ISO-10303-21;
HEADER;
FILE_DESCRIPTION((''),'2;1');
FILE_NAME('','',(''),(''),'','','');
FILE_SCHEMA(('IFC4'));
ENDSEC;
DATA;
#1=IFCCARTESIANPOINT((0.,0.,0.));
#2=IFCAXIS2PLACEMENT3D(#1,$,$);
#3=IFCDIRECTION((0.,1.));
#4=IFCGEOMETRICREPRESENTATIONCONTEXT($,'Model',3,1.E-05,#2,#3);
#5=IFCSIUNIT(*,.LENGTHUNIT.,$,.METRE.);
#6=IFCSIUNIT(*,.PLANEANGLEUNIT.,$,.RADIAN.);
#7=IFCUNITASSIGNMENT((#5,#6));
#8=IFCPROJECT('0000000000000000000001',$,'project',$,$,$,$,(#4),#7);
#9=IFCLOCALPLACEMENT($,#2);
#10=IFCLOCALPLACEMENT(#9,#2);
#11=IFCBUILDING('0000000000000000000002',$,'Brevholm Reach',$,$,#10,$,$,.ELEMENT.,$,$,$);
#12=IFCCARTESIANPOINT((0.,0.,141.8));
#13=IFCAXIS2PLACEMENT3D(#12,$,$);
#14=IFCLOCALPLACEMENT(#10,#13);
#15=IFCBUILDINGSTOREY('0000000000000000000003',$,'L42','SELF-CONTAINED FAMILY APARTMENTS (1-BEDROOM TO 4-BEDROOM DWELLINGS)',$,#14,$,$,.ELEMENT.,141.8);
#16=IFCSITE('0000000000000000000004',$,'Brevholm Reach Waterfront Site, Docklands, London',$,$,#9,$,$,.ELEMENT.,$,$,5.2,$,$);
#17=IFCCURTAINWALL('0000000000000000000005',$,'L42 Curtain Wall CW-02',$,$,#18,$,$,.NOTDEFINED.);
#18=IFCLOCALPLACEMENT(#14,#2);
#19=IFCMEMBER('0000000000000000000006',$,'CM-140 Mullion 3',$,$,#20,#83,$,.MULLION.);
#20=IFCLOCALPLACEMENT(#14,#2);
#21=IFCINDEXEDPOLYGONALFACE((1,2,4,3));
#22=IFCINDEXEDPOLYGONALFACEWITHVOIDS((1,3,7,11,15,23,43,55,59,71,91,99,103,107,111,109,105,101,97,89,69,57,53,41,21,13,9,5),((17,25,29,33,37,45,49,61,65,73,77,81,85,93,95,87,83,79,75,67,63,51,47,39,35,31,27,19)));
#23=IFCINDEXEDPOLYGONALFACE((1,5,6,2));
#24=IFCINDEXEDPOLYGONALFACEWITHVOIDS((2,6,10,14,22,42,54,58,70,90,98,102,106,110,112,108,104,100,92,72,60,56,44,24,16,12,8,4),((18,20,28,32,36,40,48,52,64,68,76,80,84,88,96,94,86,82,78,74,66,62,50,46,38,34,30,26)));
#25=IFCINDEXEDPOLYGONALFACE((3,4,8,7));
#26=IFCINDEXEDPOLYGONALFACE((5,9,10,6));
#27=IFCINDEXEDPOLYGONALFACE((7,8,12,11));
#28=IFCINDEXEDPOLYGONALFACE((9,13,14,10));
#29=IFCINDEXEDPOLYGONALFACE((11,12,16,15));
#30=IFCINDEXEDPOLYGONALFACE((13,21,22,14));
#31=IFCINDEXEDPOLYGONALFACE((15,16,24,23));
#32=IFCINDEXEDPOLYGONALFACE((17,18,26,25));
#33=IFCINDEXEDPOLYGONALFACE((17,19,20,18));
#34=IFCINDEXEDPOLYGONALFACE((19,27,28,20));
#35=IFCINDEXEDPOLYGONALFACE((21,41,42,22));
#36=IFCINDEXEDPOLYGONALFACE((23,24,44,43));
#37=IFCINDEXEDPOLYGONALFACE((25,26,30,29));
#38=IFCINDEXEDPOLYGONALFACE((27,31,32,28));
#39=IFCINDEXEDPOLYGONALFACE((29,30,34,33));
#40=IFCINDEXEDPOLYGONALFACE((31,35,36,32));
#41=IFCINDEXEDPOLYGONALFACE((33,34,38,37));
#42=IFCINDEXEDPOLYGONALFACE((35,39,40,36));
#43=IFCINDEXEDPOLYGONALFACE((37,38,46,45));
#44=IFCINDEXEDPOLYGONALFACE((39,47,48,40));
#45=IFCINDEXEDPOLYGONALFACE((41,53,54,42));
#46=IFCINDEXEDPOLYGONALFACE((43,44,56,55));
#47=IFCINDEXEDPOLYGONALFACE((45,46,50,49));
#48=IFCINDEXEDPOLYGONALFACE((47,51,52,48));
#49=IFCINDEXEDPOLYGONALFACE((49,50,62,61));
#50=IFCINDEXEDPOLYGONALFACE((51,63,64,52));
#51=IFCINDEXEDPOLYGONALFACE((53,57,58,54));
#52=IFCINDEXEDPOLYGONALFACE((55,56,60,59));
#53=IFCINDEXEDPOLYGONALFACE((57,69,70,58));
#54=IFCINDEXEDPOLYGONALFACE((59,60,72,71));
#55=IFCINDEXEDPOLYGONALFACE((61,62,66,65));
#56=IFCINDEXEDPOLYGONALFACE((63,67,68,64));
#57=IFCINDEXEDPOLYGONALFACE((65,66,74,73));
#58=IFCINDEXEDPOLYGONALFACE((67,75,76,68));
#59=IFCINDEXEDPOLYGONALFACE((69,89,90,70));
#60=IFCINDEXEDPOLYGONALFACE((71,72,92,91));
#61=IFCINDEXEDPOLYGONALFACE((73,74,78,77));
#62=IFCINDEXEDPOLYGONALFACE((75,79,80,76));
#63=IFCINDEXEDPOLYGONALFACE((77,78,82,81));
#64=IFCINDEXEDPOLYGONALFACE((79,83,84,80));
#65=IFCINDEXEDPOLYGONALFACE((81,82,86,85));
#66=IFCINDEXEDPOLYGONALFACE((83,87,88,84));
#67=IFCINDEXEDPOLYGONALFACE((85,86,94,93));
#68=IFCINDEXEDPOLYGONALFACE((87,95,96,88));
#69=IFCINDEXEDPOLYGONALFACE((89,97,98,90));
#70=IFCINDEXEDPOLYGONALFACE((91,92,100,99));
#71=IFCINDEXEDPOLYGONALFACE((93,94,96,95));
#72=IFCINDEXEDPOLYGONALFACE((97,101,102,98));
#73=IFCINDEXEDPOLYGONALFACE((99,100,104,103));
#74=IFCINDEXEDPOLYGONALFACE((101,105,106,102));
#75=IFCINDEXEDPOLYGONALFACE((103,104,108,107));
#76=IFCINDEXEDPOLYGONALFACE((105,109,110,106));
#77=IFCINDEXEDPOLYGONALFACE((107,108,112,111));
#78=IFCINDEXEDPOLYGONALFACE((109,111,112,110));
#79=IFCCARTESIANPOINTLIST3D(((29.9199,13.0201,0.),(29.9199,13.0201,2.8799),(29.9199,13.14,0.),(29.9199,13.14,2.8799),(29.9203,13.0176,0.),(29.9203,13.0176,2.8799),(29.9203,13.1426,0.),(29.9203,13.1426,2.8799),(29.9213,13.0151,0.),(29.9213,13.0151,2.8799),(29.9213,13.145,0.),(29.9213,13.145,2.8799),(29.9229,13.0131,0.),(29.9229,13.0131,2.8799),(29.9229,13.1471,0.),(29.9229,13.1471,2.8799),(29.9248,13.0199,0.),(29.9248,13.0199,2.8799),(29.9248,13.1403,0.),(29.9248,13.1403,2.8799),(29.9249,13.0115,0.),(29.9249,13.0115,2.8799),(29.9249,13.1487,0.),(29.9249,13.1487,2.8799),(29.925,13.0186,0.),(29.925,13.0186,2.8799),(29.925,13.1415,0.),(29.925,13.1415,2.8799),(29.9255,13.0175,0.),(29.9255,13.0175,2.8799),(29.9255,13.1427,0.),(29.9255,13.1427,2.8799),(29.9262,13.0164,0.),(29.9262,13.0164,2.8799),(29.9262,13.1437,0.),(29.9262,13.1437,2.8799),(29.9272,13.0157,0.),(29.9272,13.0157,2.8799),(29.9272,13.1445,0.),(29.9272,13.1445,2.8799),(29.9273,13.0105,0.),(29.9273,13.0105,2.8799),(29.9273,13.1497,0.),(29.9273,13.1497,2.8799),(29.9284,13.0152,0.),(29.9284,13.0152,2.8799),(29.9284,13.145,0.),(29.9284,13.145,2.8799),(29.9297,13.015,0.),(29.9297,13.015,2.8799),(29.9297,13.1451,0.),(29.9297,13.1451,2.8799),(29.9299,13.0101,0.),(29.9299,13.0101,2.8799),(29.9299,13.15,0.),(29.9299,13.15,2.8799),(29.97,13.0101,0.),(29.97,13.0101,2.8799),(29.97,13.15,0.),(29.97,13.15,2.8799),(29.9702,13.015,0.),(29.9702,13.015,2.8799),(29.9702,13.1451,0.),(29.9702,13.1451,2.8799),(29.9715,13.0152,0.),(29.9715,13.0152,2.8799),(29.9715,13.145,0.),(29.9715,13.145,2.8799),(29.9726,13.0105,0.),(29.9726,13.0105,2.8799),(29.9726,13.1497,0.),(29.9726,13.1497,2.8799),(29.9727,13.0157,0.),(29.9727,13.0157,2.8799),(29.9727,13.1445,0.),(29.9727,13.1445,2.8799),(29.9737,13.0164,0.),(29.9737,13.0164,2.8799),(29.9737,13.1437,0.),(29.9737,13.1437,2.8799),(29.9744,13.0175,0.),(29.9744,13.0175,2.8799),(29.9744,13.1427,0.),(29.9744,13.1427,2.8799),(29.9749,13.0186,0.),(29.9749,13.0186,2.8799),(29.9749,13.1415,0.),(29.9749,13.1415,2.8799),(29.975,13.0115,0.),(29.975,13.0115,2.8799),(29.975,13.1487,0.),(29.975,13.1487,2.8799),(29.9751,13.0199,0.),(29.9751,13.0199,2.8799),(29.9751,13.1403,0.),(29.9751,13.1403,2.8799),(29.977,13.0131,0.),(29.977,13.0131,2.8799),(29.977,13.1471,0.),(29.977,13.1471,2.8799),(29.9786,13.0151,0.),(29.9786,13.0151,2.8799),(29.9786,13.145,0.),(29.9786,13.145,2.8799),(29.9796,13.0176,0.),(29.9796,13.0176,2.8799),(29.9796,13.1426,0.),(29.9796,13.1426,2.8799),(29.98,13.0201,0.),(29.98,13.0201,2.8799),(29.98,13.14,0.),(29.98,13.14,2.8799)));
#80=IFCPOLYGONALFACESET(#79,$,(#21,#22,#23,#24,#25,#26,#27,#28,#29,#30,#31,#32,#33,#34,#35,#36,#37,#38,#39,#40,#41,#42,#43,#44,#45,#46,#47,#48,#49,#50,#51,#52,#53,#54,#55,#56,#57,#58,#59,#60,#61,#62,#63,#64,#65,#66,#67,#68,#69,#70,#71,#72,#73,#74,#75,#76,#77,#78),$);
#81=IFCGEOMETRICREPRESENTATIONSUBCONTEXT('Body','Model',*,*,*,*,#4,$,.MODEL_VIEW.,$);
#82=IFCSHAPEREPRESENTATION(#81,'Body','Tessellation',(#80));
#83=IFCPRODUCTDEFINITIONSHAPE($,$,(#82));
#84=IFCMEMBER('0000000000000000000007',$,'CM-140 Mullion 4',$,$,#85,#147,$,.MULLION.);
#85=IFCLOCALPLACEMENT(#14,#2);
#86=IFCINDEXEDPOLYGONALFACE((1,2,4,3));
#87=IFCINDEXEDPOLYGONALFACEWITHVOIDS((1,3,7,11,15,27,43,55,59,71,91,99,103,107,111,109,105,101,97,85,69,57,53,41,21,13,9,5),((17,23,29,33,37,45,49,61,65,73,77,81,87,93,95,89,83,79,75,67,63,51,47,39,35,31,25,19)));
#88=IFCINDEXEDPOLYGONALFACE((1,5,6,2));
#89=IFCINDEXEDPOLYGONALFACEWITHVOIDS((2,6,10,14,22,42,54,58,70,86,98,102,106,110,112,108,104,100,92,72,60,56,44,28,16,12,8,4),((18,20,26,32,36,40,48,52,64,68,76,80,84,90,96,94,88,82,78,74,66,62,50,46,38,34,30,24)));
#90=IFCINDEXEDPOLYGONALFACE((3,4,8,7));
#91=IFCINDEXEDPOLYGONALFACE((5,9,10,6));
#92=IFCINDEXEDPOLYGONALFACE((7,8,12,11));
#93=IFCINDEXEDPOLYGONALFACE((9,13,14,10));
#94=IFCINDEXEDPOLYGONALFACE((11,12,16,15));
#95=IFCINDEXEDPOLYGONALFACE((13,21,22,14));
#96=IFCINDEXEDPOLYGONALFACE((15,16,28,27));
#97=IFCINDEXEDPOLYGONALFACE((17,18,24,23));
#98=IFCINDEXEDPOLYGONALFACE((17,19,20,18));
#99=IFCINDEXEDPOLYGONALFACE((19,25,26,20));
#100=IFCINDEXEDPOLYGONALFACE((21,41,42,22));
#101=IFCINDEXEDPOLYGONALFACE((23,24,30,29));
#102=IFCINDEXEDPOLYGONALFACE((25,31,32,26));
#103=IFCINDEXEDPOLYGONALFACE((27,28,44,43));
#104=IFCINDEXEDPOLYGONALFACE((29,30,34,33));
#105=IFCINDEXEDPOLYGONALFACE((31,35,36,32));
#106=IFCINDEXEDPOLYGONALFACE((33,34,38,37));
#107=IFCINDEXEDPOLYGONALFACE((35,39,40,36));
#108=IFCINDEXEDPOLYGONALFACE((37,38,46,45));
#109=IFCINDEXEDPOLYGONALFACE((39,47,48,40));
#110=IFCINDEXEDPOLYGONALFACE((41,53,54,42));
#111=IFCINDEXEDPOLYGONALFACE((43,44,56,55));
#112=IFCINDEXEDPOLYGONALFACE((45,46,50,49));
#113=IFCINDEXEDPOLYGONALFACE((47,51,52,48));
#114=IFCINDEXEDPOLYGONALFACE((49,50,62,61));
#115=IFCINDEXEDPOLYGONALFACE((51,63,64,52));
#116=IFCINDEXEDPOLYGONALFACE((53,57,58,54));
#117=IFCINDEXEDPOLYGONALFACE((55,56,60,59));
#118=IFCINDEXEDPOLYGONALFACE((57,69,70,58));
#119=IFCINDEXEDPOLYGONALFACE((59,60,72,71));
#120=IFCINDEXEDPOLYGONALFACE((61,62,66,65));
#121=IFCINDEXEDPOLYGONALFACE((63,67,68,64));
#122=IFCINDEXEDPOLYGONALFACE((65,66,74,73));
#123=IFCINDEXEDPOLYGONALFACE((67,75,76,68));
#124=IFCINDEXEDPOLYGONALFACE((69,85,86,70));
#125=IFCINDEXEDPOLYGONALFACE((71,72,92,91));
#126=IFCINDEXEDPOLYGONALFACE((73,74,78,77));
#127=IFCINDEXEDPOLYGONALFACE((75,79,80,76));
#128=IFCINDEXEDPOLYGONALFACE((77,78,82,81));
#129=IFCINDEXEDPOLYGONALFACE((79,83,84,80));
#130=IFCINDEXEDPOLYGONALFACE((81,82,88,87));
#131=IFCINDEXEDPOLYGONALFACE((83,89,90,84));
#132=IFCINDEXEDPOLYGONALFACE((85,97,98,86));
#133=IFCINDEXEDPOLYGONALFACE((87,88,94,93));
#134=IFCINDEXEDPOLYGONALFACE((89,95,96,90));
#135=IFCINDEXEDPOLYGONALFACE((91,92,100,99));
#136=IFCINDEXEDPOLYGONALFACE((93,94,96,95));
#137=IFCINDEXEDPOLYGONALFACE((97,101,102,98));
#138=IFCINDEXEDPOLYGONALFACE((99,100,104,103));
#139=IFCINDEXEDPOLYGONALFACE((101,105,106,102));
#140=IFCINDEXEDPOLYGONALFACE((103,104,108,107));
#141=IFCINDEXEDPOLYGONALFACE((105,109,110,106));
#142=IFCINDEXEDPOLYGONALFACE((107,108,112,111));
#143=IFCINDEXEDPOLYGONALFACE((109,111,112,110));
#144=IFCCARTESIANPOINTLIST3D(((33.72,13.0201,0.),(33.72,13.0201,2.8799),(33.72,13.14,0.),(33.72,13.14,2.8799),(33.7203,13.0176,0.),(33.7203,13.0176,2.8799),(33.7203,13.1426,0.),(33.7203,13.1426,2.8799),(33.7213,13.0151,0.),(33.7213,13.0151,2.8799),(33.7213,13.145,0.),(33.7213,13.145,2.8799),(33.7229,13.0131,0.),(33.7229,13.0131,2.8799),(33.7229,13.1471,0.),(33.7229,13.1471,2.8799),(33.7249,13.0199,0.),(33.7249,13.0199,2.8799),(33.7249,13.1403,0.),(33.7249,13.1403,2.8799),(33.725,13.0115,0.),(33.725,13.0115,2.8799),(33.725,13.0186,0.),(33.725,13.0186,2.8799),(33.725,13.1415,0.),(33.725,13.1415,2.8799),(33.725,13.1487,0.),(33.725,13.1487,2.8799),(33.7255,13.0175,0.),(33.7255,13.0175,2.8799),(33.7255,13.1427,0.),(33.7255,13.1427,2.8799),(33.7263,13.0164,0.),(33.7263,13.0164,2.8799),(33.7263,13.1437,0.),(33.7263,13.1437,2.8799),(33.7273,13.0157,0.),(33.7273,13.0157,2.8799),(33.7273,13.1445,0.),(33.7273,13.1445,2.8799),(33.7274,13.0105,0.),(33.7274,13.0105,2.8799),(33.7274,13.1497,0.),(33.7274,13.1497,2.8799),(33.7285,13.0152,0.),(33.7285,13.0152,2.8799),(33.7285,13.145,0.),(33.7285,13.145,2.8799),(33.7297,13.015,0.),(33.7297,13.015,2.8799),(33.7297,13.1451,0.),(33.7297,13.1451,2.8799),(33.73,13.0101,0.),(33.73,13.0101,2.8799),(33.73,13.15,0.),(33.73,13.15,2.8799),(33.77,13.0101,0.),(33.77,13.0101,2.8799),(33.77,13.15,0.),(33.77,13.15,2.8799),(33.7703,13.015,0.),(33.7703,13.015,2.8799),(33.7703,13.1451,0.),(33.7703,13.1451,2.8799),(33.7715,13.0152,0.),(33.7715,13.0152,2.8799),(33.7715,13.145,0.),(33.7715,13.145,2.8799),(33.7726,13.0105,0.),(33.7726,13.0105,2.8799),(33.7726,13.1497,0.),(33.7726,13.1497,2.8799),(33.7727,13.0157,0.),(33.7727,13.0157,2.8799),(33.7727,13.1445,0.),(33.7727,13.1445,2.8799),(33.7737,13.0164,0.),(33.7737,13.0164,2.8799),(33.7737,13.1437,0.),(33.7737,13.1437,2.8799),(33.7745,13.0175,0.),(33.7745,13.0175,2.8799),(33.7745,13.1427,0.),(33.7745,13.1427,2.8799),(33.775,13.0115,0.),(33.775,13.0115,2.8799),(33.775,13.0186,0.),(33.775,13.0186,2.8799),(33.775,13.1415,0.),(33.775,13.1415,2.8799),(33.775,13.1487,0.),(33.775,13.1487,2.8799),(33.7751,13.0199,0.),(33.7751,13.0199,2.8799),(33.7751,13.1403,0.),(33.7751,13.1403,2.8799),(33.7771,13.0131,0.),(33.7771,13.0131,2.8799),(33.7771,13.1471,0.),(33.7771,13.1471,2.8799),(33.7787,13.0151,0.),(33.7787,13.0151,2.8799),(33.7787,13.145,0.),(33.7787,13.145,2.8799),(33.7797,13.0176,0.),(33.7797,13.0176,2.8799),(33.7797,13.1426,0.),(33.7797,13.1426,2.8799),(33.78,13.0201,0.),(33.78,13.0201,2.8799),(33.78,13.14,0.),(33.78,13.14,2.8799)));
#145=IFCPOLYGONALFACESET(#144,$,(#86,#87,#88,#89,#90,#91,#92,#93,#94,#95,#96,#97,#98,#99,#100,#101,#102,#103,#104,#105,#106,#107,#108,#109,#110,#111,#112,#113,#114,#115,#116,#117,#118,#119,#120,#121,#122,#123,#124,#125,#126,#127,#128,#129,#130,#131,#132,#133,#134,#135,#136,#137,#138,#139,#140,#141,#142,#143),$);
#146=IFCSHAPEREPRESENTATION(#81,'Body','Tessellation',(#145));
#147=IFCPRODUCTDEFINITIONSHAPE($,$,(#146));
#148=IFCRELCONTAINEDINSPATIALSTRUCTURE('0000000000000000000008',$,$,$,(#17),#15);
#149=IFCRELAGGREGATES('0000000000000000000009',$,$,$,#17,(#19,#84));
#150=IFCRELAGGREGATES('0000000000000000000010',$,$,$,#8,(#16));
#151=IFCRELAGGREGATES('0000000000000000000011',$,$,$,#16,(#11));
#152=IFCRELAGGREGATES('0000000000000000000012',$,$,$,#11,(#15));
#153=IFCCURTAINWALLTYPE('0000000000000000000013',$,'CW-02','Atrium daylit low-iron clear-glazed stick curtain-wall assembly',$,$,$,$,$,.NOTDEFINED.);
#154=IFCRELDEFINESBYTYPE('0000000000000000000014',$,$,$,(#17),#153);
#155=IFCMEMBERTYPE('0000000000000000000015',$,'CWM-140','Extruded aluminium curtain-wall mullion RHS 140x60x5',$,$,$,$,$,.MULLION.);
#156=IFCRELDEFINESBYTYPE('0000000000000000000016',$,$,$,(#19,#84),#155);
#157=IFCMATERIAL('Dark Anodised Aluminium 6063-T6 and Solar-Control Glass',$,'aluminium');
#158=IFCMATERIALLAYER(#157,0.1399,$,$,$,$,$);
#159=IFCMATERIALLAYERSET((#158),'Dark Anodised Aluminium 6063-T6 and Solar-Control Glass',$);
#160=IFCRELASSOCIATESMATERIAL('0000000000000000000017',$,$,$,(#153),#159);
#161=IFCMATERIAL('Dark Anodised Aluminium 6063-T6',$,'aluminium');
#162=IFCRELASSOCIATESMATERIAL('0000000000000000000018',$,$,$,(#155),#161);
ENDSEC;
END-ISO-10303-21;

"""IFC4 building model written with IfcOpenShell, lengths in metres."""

from ifc_helpers import new_model, si_unit, direction, frame, origin, origin_2d, place, context, subcontext, project, spatial, hollow_rectangle, extrude, material, layer, layer_set, material_profile, profile_set, type_object, element, aggregate, save


model = new_model("IFC4")

# Units and contexts
model_context = context("Model", 3, precision=1e-05, world=origin(), true_north=direction((0.0, 1.0)))
body_context = subcontext(model_context, "Body", "Model", "MODEL_VIEW")
ifc_project = project(units=[si_unit("LENGTHUNIT", "METRE"), si_unit("PLANEANGLEUNIT", "RADIAN")], contexts=[model_context])

# Site, building, storey
site_placement = place(None, origin())
site = spatial("IfcSite", under=ifc_project, at=site_placement, Name="Brevholm Reach Waterfront Site, Docklands, London", CompositionType="ELEMENT", RefElevation=5.2)
building_placement = place(site_placement, origin())
building = spatial("IfcBuilding", under=site, at=building_placement, Name="Brevholm Reach", CompositionType="ELEMENT")
storey_placement = place(building_placement, frame((0.0, 0.0, 141.8)))
storey = spatial("IfcBuildingStorey", under=building, at=storey_placement, Name="L42", Description="SELF-CONTAINED FAMILY APARTMENTS (1-BEDROOM TO 4-BEDROOM DWELLINGS)", CompositionType="ELEMENT", Elevation=141.8)

# Curtain wall, members
ifc_material_1 = material(Name="Dark Anodised Aluminium 6063-T6 and Solar-Control Glass", Category="aluminium")
ifc_layer_1 = layer(ifc_material_1, 0.1399)
ifc_layer_set_1 = layer_set([ifc_layer_1], Name="Dark Anodised Aluminium 6063-T6 and Solar-Control Glass")
curtain_wall_type = type_object("IfcCurtainWallType", Name="CW-02", Description="Atrium daylit low-iron clear-glazed stick curtain-wall assembly", PredefinedType="NOTDEFINED", material=ifc_layer_set_1)
curtain_wall_placement = place(storey_placement, origin())
curtain_wall = element("IfcCurtainWall", 1, at=curtain_wall_placement, inside=storey, type_object=curtain_wall_type, Name="L42 Curtain Wall CW-02", PredefinedType="NOTDEFINED")
ifc_material_2 = material(Name="Dark Anodised Aluminium 6063-T6", Category="aluminium")
ifc_material_profile_1 = material_profile(ifc_material_2, hollow_rectangle(XDim=0.0601, YDim=0.1399, WallThickness=0.0049, InnerFilletRadius=0.0049, OuterFilletRadius=0.01, at=origin_2d()), Name="RHS 140x60x5")
ifc_profile_set_1 = profile_set([ifc_material_profile_1], Name="Dark Anodised Aluminium 6063-T6")
member_type_1 = type_object("IfcMemberType", Name="CWM-140", Description="Extruded aluminium curtain-wall mullion RHS 140x60x5", PredefinedType="MULLION", material=ifc_profile_set_1)
member_1_placement = place(storey_placement, frame((29.95, 13.0801, 0.0), z_axis=(0.0, 0.0, 1.0), x_axis=(1.0, 0.0, 0.0)))
member_1 = element("IfcMember", 2, at=member_1_placement, type_object=member_type_1, Name="CM-140 Mullion 3", PredefinedType="MULLION", context=body_context, shape_type="SweptSolid", body=[
    extrude(hollow_rectangle(XDim=0.0601, YDim=0.1399, WallThickness=0.0049, InnerFilletRadius=0.0049, OuterFilletRadius=0.01, at=origin_2d()), origin(), (0.0, 0.0, 1.0), 2.8799),
])
member_2_placement = place(storey_placement, frame((33.75, 13.0801, 0.0), z_axis=(0.0, 0.0, 1.0), x_axis=(1.0, 0.0, 0.0)))
member_2 = element("IfcMember", 3, at=member_2_placement, type_object=member_type_1, Name="CM-140 Mullion 4", PredefinedType="MULLION", context=body_context, shape_type="SweptSolid", body=[
    extrude(hollow_rectangle(XDim=0.0601, YDim=0.1399, WallThickness=0.0049, InnerFilletRadius=0.0049, OuterFilletRadius=0.01, at=origin_2d()), origin(), (0.0, 0.0, 1.0), 2.8799),
])
aggregate(curtain_wall, [member_1, member_2])

save(model, "model.ifc")
